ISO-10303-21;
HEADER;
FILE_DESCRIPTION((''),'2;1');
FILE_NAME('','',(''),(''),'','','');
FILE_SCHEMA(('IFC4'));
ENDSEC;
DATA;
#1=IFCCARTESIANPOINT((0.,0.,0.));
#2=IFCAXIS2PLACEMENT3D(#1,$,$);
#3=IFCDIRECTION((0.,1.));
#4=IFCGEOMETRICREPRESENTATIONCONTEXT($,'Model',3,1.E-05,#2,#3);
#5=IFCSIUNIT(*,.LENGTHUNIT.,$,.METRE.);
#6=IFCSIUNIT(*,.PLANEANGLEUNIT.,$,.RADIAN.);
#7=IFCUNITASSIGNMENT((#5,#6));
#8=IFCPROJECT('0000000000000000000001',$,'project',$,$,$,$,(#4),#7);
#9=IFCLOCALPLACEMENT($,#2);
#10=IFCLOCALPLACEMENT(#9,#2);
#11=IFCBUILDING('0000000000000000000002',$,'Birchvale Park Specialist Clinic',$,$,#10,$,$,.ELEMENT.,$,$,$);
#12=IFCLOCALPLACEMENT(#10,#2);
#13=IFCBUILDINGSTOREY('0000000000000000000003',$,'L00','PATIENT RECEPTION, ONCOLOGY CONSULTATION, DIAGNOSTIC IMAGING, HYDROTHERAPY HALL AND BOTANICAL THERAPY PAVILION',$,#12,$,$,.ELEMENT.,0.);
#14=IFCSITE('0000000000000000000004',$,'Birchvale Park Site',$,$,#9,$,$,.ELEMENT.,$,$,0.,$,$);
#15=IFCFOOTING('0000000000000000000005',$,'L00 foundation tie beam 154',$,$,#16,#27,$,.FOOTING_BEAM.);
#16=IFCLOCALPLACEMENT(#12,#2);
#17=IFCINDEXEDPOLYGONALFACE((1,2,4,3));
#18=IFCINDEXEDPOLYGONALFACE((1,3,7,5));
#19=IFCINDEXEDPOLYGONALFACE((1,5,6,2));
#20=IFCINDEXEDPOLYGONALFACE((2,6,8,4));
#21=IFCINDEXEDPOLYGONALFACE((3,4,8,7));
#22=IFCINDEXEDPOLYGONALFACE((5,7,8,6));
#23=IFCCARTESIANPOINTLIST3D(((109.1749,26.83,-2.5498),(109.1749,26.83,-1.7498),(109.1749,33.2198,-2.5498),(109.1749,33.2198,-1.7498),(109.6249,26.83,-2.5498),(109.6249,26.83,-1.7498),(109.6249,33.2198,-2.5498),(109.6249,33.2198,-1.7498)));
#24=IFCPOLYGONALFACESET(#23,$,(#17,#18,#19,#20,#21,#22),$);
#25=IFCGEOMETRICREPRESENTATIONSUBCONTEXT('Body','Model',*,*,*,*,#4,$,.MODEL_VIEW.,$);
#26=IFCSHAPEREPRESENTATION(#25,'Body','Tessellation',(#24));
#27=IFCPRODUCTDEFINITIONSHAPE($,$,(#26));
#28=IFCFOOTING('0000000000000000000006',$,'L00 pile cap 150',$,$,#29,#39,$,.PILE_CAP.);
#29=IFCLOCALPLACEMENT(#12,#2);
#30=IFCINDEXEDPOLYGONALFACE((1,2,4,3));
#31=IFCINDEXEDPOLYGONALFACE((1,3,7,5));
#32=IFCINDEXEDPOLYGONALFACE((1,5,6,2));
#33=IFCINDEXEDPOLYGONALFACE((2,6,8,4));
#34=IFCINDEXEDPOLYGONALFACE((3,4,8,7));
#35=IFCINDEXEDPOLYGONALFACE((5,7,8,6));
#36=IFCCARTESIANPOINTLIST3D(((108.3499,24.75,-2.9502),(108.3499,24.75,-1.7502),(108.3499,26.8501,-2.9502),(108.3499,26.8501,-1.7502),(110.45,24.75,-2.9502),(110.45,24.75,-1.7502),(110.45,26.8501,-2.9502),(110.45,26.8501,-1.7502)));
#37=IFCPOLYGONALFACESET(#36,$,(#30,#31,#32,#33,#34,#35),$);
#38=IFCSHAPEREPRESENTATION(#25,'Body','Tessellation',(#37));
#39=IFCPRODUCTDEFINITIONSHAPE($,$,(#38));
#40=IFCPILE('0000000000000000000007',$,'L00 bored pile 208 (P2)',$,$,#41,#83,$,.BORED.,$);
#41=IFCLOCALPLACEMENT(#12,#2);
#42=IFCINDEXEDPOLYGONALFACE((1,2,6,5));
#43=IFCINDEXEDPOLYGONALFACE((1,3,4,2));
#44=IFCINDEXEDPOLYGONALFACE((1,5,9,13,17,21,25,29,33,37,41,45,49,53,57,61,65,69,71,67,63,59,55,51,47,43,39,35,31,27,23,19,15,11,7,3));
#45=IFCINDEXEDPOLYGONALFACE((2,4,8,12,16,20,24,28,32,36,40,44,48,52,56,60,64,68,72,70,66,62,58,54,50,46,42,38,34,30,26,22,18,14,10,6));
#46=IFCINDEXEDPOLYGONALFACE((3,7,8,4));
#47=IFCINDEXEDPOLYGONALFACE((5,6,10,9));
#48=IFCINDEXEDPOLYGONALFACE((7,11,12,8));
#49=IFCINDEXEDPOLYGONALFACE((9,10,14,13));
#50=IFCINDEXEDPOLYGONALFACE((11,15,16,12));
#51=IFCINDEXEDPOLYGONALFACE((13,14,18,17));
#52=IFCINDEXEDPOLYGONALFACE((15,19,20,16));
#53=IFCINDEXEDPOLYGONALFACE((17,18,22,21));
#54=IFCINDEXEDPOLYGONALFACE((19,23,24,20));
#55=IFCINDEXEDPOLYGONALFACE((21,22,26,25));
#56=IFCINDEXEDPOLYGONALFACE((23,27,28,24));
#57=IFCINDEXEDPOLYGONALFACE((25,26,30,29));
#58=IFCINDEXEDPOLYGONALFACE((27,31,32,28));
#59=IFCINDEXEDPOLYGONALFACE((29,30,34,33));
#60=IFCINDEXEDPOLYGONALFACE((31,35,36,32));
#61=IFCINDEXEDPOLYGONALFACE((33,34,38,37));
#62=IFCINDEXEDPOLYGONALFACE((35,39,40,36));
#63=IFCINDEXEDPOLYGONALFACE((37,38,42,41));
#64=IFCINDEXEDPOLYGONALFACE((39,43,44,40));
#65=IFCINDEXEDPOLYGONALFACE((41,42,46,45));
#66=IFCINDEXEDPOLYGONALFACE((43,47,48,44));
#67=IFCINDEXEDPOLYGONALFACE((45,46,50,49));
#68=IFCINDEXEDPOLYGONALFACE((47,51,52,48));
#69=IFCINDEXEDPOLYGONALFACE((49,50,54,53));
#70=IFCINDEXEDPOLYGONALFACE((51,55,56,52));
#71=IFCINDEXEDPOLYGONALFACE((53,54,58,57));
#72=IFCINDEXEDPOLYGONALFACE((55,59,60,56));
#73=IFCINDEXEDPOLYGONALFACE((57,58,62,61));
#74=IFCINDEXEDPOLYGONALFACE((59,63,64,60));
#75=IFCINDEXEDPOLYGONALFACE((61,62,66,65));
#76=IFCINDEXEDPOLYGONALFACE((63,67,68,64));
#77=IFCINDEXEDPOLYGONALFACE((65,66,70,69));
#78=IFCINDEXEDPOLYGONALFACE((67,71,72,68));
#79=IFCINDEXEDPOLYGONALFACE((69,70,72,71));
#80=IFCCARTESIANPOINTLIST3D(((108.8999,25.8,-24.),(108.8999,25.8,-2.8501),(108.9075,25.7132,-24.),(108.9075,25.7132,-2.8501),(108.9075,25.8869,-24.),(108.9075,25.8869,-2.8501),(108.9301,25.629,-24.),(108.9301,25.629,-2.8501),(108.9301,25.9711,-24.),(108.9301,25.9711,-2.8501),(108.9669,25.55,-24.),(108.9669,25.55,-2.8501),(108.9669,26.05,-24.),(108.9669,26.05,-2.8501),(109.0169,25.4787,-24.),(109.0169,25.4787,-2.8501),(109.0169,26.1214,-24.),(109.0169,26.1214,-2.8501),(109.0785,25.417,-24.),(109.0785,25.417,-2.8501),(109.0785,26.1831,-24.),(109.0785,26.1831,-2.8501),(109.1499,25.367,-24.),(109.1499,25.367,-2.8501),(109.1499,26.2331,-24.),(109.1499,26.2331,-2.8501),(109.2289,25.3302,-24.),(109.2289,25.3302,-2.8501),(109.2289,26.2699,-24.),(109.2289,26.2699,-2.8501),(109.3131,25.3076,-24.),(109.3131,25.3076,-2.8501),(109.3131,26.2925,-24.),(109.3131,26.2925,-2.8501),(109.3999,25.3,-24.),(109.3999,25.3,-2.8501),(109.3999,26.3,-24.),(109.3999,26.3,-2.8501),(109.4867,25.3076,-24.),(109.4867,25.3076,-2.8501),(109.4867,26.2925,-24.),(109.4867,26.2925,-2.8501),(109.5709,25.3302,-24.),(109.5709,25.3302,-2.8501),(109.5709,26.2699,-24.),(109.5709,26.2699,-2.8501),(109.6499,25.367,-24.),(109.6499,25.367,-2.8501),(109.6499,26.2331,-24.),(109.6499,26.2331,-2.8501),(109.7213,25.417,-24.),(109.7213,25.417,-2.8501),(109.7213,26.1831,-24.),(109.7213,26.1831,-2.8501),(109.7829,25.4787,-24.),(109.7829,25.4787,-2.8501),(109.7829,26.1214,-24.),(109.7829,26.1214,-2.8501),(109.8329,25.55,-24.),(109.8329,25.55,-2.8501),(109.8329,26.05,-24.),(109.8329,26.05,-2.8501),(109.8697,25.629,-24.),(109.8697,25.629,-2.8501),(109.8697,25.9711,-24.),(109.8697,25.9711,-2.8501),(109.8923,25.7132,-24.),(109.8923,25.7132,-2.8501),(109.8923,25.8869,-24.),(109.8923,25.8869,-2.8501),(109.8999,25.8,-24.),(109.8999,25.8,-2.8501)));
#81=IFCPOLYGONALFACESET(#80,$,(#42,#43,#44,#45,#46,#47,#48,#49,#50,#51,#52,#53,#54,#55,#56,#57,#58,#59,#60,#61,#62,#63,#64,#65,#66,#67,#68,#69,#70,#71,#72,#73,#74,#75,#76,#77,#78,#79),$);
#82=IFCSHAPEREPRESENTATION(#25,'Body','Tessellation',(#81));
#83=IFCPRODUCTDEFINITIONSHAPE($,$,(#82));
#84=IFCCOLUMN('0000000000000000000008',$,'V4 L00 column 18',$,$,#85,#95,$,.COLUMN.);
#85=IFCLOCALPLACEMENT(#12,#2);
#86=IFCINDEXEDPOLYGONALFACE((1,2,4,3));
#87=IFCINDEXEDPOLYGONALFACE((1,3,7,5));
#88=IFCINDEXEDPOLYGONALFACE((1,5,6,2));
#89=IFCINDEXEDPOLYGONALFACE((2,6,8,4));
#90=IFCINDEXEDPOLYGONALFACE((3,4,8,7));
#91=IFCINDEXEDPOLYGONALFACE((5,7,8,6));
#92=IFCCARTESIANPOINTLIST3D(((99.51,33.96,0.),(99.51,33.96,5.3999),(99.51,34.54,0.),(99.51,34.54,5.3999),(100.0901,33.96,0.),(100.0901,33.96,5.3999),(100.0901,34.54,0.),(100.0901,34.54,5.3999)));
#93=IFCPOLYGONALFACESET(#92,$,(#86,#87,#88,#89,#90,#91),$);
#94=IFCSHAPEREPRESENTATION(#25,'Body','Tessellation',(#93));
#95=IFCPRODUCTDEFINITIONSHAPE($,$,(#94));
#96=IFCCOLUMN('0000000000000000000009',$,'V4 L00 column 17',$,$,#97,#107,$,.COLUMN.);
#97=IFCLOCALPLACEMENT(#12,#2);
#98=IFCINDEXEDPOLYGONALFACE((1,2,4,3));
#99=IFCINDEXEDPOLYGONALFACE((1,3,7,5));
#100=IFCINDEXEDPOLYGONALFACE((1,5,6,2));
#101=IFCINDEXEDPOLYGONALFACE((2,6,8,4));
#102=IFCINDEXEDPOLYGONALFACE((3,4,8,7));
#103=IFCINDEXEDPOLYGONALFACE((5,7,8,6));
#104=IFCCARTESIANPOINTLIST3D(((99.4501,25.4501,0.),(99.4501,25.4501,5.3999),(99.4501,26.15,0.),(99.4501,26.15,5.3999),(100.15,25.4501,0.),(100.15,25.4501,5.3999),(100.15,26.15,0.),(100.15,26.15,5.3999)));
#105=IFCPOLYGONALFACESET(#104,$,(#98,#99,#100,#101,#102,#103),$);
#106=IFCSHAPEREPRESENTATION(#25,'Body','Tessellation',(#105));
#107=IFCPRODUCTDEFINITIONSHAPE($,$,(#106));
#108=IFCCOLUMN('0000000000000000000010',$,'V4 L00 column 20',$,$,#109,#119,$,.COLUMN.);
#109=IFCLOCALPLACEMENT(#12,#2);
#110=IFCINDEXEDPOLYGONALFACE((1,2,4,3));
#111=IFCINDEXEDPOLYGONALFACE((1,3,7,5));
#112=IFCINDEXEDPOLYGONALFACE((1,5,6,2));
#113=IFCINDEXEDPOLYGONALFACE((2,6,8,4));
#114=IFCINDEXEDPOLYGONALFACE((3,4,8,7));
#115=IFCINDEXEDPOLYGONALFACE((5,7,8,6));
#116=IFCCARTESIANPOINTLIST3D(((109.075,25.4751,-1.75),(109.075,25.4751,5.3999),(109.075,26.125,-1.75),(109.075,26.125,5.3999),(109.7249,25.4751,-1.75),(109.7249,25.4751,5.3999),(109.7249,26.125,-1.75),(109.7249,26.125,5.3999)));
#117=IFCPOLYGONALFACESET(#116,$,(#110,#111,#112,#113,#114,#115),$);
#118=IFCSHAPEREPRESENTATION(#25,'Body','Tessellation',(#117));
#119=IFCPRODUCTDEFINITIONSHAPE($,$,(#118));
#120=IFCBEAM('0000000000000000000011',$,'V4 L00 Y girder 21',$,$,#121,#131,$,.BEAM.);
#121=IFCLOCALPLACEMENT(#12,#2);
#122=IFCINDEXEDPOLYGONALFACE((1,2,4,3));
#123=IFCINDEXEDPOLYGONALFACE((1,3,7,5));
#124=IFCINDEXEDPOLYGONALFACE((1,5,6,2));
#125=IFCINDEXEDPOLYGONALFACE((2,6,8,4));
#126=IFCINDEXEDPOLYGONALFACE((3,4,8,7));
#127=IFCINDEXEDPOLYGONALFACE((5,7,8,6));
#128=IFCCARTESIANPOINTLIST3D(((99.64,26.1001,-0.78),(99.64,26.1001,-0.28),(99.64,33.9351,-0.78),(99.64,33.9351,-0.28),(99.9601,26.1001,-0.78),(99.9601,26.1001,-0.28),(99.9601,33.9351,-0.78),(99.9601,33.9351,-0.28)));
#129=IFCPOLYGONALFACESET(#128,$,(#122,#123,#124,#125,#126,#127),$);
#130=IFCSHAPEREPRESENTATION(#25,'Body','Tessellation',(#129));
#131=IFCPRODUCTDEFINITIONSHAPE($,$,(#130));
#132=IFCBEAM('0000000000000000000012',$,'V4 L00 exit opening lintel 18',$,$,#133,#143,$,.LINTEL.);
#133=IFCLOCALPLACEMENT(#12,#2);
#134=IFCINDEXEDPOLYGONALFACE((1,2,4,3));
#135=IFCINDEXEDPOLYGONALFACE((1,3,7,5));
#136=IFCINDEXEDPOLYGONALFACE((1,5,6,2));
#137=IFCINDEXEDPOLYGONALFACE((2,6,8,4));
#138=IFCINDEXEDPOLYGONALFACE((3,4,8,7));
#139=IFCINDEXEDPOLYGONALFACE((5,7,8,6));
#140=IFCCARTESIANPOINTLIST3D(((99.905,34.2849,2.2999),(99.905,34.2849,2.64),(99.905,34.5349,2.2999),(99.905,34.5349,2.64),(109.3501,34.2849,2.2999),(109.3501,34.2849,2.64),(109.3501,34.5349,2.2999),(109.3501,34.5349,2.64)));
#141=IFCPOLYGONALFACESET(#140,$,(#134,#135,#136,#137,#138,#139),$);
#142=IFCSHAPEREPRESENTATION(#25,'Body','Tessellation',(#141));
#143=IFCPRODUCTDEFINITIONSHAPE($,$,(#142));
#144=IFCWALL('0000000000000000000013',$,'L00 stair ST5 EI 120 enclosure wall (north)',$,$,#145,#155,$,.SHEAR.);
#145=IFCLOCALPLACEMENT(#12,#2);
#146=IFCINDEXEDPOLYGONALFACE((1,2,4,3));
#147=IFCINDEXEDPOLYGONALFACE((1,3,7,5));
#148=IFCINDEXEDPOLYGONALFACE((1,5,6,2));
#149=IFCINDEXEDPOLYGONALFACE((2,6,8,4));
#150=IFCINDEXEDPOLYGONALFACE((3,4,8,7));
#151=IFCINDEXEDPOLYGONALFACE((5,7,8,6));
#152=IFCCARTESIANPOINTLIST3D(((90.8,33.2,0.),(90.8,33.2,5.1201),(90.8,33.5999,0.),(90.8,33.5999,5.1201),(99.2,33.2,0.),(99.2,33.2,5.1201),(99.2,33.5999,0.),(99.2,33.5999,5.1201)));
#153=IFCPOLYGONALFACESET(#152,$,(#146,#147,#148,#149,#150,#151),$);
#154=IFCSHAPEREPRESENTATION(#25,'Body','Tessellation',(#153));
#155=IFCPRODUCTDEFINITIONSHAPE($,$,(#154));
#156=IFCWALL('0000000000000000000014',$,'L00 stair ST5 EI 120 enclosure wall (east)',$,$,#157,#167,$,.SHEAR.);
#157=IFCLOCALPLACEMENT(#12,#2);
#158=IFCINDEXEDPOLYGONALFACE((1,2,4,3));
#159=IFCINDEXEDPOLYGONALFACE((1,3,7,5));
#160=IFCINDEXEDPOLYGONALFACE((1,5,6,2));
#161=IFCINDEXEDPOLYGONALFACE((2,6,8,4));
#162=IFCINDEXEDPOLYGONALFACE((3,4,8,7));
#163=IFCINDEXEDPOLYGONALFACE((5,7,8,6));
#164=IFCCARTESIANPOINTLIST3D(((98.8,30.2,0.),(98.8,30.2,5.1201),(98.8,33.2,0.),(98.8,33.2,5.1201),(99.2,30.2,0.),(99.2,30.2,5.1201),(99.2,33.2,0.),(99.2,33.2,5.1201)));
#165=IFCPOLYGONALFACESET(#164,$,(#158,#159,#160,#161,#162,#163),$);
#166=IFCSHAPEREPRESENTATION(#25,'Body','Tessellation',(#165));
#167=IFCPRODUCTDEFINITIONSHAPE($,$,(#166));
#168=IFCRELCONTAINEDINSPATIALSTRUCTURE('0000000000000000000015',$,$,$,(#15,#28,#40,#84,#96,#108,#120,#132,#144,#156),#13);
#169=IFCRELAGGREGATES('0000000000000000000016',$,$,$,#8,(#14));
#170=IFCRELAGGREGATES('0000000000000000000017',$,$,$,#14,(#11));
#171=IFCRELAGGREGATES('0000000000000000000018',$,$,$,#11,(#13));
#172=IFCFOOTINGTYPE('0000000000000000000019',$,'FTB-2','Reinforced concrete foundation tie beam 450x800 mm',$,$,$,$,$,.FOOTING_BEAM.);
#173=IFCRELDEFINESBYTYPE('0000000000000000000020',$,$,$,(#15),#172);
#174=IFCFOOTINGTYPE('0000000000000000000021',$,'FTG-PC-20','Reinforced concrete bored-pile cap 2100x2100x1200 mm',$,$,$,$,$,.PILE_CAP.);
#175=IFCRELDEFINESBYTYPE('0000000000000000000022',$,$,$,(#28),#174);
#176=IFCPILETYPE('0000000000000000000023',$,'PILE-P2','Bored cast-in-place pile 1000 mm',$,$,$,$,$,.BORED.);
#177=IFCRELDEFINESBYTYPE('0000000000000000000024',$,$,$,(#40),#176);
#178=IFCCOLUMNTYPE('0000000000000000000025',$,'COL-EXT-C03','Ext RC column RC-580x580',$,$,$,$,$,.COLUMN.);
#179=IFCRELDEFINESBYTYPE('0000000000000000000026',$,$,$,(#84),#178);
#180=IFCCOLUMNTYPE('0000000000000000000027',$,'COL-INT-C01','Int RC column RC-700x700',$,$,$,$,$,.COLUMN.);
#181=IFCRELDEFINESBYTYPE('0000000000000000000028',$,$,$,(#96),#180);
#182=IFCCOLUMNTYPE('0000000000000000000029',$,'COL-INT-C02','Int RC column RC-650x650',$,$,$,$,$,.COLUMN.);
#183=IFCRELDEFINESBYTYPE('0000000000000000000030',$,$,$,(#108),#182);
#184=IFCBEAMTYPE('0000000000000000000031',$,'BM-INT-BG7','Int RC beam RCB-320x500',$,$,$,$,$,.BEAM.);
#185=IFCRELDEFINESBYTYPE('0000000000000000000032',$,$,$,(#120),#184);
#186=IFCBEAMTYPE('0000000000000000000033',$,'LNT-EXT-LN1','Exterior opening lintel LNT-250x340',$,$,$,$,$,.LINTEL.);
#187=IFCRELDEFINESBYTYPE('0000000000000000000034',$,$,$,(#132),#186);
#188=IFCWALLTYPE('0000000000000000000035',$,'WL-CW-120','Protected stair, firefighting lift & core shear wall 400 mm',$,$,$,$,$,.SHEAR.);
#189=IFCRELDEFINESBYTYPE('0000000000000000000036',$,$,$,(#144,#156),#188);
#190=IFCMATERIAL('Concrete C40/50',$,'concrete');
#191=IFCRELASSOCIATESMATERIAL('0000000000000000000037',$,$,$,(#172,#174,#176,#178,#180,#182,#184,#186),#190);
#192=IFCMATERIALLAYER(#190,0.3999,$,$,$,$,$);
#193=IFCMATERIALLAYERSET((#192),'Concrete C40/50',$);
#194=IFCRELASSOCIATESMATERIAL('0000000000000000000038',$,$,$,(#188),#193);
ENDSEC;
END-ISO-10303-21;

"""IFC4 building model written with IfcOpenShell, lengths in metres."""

from ifc_helpers import new_model, si_unit, direction, frame, frame_2d, origin, origin_2d, place, context, subcontext, project, spatial, rectangle, circle, extrude, material, layer, layer_set, material_profile, profile_set, type_object, element, save


model = new_model("IFC4")

# Units and contexts
model_context = context("Model", 3, precision=1e-05, world=origin(), true_north=direction((0.0, 1.0)))
body_context = subcontext(model_context, "Body", "Model", "MODEL_VIEW")
ifc_project = project(units=[si_unit("LENGTHUNIT", "METRE"), si_unit("PLANEANGLEUNIT", "RADIAN")], contexts=[model_context])

# Site, building, storey
site_placement = place(None, origin())
site = spatial("IfcSite", under=ifc_project, at=site_placement, Name="Birchvale Park Site", CompositionType="ELEMENT", RefElevation=0.0)
building_placement = place(site_placement, origin())
building = spatial("IfcBuilding", under=site, at=building_placement, Name="Birchvale Park Specialist Clinic", CompositionType="ELEMENT")
storey_placement = place(building_placement, origin())
storey = spatial("IfcBuildingStorey", under=building, at=storey_placement, Name="L00", Description="PATIENT RECEPTION, ONCOLOGY CONSULTATION, DIAGNOSTIC IMAGING, HYDROTHERAPY HALL AND BOTANICAL THERAPY PAVILION", CompositionType="ELEMENT", Elevation=0.0)

# Footings
ifc_material_1 = material(Name="Concrete C40/50", Category="concrete")
footing_type_1 = type_object("IfcFootingType", Name="FTB-2", Description="Reinforced concrete foundation tie beam 450x800 mm", PredefinedType="FOOTING_BEAM", material=ifc_material_1)
footing_1_placement = place(storey_placement, frame((109.3999, 30.0249, -2.5498), z_axis=(0.0, 0.0, 1.0), x_axis=(1.0, 0.0, 0.0)))
element("IfcFooting", 1, at=footing_1_placement, inside=storey, type_object=footing_type_1, Name="L00 foundation tie beam 154", PredefinedType="FOOTING_BEAM", context=body_context, shape_type="SweptSolid", body=[
    extrude(rectangle(XDim=0.45, YDim=6.3899, at=origin_2d()), origin(), (0.0, 0.0, 1.0), 0.8),
])
footing_type_2 = type_object("IfcFootingType", Name="FTG-PC-20", Description="Reinforced concrete bored-pile cap 2100x2100x1200 mm", PredefinedType="PILE_CAP", material=ifc_material_1)
footing_2_placement = place(storey_placement, frame((109.3999, 25.8, -2.9502), z_axis=(0.0, 0.0, 1.0), x_axis=(1.0, 0.0, 0.0)))
element("IfcFooting", 2, at=footing_2_placement, inside=storey, type_object=footing_type_2, Name="L00 pile cap 150", PredefinedType="PILE_CAP", context=body_context, shape_type="SweptSolid", body=[
    extrude(rectangle(XDim=2.1001, YDim=2.1001, at=origin_2d()), origin(), (0.0, 0.0, 1.0), 1.2),
])

# Pile
ifc_material_profile_1 = material_profile(ifc_material_1, circle(Radius=0.5, at=origin_2d()), Name="PILE-1000")
ifc_profile_set_1 = profile_set([ifc_material_profile_1], Name="Concrete C40/50")
pile_type = type_object("IfcPileType", Name="PILE-P2", Description="Bored cast-in-place pile 1000 mm", PredefinedType="BORED", material=ifc_profile_set_1)
pile_placement = place(storey_placement, frame((109.3999, 25.8, -2.8501), z_axis=(0.0, 0.0, -1.0), x_axis=(1.0, 0.0, 0.0)))
element("IfcPile", 3, at=pile_placement, inside=storey, type_object=pile_type, Name="L00 bored pile 208 (P2)", PredefinedType="BORED", context=body_context, shape_type="SweptSolid", body=[
    extrude(circle(Radius=0.5, at=origin_2d()), origin(), (0.0, 0.0, 1.0), 21.1499),
])

# Columns
ifc_material_profile_2 = material_profile(ifc_material_1, rectangle(XDim=0.5801, YDim=0.5801, at=origin_2d()), Name="RC-580x580")
ifc_profile_set_2 = profile_set([ifc_material_profile_2], Name="Concrete C40/50")
column_type_1 = type_object("IfcColumnType", Name="COL-EXT-C03", Description="Ext RC column RC-580x580", PredefinedType="COLUMN", material=ifc_profile_set_2)
column_1_placement = place(storey_placement, frame((99.8, 34.25, 0.0), z_axis=(0.0, 0.0, 1.0), x_axis=(1.0, 0.0, 0.0)))
element("IfcColumn", 4, at=column_1_placement, inside=storey, type_object=column_type_1, Name="V4 L00 column 18", PredefinedType="COLUMN", context=body_context, shape_type="SweptSolid", body=[
    extrude(rectangle(XDim=0.5801, YDim=0.5801, at=origin_2d()), origin(), (0.0, 0.0, 1.0), 5.3999),
])
ifc_material_profile_3 = material_profile(ifc_material_1, rectangle(XDim=0.7, YDim=0.7, at=origin_2d()), Name="RC-700x700")
ifc_profile_set_3 = profile_set([ifc_material_profile_3], Name="Concrete C40/50")
column_type_2 = type_object("IfcColumnType", Name="COL-INT-C01", Description="Int RC column RC-700x700", PredefinedType="COLUMN", material=ifc_profile_set_3)
column_2_placement = place(storey_placement, frame((99.8, 25.8, 0.0), z_axis=(0.0, 0.0, 1.0), x_axis=(1.0, 0.0, 0.0)))
element("IfcColumn", 5, at=column_2_placement, inside=storey, type_object=column_type_2, Name="V4 L00 column 17", PredefinedType="COLUMN", context=body_context, shape_type="SweptSolid", body=[
    extrude(rectangle(XDim=0.7, YDim=0.7, at=origin_2d()), origin(), (0.0, 0.0, 1.0), 5.3999),
])
ifc_material_profile_4 = material_profile(ifc_material_1, rectangle(XDim=0.6499, YDim=0.6499, at=origin_2d()), Name="RC-650x650")
ifc_profile_set_4 = profile_set([ifc_material_profile_4], Name="Concrete C40/50")
column_type_3 = type_object("IfcColumnType", Name="COL-INT-C02", Description="Int RC column RC-650x650", PredefinedType="COLUMN", material=ifc_profile_set_4)
column_3_placement = place(storey_placement, frame((109.3999, 25.8, -1.75), z_axis=(0.0, 0.0, 1.0), x_axis=(1.0, 0.0, 0.0)))
element("IfcColumn", 6, at=column_3_placement, inside=storey, type_object=column_type_3, Name="V4 L00 column 20", PredefinedType="COLUMN", context=body_context, shape_type="SweptSolid", body=[
    extrude(rectangle(XDim=0.6499, YDim=0.6499, at=origin_2d()), origin(), (0.0, 0.0, 1.0), 7.1499),
])

# Beams
ifc_material_profile_5 = material_profile(ifc_material_1, rectangle(XDim=0.3201, YDim=0.5, at=origin_2d()), Name="RCB-320x500")
ifc_profile_set_5 = profile_set([ifc_material_profile_5], Name="Concrete C40/50")
beam_type_1 = type_object("IfcBeamType", Name="BM-INT-BG7", Description="Int RC beam RCB-320x500", PredefinedType="BEAM", material=ifc_profile_set_5)
beam_1_placement = place(storey_placement, frame((99.8, 26.1001, -0.53), z_axis=(0.0, 1.0, 0.0), x_axis=(-1.0, 0.0, 0.0)))
element("IfcBeam", 7, at=beam_1_placement, inside=storey, type_object=beam_type_1, Name="V4 L00 Y girder 21", PredefinedType="BEAM", context=body_context, shape_type="SweptSolid", body=[
    extrude(rectangle(XDim=0.3201, YDim=0.5, at=origin_2d()), origin(), (0.0, 0.0, 1.0), 7.835),
])
ifc_material_profile_6 = material_profile(ifc_material_1, rectangle(XDim=0.25, YDim=0.3401, at=origin_2d()), Name="LNT-250x340")
ifc_profile_set_6 = profile_set([ifc_material_profile_6], Name="Concrete C40/50")
beam_type_2 = type_object("IfcBeamType", Name="LNT-EXT-LN1", Description="Exterior opening lintel LNT-250x340", PredefinedType="LINTEL", material=ifc_profile_set_6)
beam_2_placement = place(storey_placement, frame((109.3501, 34.4099, 2.47), z_axis=(-1.0, 0.0, 0.0), x_axis=(0.0, -1.0, 0.0)))
element("IfcBeam", 8, at=beam_2_placement, inside=storey, type_object=beam_type_2, Name="V4 L00 exit opening lintel 18", PredefinedType="LINTEL", context=body_context, shape_type="SweptSolid", body=[
    extrude(rectangle(XDim=0.25, YDim=0.3401, at=origin_2d()), origin(), (0.0, 0.0, 1.0), 9.4451),
])

# Walls
ifc_layer_1 = layer(ifc_material_1, 0.3999)
ifc_layer_set_1 = layer_set([ifc_layer_1], Name="Concrete C40/50")
wall_type_1 = type_object("IfcWallType", Name="WL-CW-120", Description="Protected stair, firefighting lift & core shear wall 400 mm", PredefinedType="SHEAR", material=ifc_layer_set_1)
wall_1_placement = place(storey_placement, frame((99.2, 33.3999, 0.0), z_axis=(0.0, 0.0, 1.0), x_axis=(-1.0, 0.0, 0.0)))
element("IfcWall", 9, at=wall_1_placement, inside=storey, type_object=wall_type_1, Name="L00 stair ST5 EI 120 enclosure wall (north)", PredefinedType="SHEAR", context=body_context, shape_type="SweptSolid", body=[
    extrude(rectangle(XDim=8.3999, YDim=0.3999, at=frame_2d((4.2, 0.0))), origin(), (0.0, 0.0, 1.0), 5.1201),
])
wall_2_placement = place(storey_placement, frame((99.0, 33.2, 0.0), z_axis=(0.0, 0.0, 1.0), x_axis=(0.0, -1.0, 0.0)))
element("IfcWall", 10, at=wall_2_placement, inside=storey, type_object=wall_type_1, Name="L00 stair ST5 EI 120 enclosure wall (east)", PredefinedType="SHEAR", context=body_context, shape_type="SweptSolid", body=[
    extrude(rectangle(XDim=3.0, YDim=0.3999, at=frame_2d((1.5, 0.0))), origin(), (0.0, 0.0, 1.0), 5.1201),
])

save(model, "model.ifc")
